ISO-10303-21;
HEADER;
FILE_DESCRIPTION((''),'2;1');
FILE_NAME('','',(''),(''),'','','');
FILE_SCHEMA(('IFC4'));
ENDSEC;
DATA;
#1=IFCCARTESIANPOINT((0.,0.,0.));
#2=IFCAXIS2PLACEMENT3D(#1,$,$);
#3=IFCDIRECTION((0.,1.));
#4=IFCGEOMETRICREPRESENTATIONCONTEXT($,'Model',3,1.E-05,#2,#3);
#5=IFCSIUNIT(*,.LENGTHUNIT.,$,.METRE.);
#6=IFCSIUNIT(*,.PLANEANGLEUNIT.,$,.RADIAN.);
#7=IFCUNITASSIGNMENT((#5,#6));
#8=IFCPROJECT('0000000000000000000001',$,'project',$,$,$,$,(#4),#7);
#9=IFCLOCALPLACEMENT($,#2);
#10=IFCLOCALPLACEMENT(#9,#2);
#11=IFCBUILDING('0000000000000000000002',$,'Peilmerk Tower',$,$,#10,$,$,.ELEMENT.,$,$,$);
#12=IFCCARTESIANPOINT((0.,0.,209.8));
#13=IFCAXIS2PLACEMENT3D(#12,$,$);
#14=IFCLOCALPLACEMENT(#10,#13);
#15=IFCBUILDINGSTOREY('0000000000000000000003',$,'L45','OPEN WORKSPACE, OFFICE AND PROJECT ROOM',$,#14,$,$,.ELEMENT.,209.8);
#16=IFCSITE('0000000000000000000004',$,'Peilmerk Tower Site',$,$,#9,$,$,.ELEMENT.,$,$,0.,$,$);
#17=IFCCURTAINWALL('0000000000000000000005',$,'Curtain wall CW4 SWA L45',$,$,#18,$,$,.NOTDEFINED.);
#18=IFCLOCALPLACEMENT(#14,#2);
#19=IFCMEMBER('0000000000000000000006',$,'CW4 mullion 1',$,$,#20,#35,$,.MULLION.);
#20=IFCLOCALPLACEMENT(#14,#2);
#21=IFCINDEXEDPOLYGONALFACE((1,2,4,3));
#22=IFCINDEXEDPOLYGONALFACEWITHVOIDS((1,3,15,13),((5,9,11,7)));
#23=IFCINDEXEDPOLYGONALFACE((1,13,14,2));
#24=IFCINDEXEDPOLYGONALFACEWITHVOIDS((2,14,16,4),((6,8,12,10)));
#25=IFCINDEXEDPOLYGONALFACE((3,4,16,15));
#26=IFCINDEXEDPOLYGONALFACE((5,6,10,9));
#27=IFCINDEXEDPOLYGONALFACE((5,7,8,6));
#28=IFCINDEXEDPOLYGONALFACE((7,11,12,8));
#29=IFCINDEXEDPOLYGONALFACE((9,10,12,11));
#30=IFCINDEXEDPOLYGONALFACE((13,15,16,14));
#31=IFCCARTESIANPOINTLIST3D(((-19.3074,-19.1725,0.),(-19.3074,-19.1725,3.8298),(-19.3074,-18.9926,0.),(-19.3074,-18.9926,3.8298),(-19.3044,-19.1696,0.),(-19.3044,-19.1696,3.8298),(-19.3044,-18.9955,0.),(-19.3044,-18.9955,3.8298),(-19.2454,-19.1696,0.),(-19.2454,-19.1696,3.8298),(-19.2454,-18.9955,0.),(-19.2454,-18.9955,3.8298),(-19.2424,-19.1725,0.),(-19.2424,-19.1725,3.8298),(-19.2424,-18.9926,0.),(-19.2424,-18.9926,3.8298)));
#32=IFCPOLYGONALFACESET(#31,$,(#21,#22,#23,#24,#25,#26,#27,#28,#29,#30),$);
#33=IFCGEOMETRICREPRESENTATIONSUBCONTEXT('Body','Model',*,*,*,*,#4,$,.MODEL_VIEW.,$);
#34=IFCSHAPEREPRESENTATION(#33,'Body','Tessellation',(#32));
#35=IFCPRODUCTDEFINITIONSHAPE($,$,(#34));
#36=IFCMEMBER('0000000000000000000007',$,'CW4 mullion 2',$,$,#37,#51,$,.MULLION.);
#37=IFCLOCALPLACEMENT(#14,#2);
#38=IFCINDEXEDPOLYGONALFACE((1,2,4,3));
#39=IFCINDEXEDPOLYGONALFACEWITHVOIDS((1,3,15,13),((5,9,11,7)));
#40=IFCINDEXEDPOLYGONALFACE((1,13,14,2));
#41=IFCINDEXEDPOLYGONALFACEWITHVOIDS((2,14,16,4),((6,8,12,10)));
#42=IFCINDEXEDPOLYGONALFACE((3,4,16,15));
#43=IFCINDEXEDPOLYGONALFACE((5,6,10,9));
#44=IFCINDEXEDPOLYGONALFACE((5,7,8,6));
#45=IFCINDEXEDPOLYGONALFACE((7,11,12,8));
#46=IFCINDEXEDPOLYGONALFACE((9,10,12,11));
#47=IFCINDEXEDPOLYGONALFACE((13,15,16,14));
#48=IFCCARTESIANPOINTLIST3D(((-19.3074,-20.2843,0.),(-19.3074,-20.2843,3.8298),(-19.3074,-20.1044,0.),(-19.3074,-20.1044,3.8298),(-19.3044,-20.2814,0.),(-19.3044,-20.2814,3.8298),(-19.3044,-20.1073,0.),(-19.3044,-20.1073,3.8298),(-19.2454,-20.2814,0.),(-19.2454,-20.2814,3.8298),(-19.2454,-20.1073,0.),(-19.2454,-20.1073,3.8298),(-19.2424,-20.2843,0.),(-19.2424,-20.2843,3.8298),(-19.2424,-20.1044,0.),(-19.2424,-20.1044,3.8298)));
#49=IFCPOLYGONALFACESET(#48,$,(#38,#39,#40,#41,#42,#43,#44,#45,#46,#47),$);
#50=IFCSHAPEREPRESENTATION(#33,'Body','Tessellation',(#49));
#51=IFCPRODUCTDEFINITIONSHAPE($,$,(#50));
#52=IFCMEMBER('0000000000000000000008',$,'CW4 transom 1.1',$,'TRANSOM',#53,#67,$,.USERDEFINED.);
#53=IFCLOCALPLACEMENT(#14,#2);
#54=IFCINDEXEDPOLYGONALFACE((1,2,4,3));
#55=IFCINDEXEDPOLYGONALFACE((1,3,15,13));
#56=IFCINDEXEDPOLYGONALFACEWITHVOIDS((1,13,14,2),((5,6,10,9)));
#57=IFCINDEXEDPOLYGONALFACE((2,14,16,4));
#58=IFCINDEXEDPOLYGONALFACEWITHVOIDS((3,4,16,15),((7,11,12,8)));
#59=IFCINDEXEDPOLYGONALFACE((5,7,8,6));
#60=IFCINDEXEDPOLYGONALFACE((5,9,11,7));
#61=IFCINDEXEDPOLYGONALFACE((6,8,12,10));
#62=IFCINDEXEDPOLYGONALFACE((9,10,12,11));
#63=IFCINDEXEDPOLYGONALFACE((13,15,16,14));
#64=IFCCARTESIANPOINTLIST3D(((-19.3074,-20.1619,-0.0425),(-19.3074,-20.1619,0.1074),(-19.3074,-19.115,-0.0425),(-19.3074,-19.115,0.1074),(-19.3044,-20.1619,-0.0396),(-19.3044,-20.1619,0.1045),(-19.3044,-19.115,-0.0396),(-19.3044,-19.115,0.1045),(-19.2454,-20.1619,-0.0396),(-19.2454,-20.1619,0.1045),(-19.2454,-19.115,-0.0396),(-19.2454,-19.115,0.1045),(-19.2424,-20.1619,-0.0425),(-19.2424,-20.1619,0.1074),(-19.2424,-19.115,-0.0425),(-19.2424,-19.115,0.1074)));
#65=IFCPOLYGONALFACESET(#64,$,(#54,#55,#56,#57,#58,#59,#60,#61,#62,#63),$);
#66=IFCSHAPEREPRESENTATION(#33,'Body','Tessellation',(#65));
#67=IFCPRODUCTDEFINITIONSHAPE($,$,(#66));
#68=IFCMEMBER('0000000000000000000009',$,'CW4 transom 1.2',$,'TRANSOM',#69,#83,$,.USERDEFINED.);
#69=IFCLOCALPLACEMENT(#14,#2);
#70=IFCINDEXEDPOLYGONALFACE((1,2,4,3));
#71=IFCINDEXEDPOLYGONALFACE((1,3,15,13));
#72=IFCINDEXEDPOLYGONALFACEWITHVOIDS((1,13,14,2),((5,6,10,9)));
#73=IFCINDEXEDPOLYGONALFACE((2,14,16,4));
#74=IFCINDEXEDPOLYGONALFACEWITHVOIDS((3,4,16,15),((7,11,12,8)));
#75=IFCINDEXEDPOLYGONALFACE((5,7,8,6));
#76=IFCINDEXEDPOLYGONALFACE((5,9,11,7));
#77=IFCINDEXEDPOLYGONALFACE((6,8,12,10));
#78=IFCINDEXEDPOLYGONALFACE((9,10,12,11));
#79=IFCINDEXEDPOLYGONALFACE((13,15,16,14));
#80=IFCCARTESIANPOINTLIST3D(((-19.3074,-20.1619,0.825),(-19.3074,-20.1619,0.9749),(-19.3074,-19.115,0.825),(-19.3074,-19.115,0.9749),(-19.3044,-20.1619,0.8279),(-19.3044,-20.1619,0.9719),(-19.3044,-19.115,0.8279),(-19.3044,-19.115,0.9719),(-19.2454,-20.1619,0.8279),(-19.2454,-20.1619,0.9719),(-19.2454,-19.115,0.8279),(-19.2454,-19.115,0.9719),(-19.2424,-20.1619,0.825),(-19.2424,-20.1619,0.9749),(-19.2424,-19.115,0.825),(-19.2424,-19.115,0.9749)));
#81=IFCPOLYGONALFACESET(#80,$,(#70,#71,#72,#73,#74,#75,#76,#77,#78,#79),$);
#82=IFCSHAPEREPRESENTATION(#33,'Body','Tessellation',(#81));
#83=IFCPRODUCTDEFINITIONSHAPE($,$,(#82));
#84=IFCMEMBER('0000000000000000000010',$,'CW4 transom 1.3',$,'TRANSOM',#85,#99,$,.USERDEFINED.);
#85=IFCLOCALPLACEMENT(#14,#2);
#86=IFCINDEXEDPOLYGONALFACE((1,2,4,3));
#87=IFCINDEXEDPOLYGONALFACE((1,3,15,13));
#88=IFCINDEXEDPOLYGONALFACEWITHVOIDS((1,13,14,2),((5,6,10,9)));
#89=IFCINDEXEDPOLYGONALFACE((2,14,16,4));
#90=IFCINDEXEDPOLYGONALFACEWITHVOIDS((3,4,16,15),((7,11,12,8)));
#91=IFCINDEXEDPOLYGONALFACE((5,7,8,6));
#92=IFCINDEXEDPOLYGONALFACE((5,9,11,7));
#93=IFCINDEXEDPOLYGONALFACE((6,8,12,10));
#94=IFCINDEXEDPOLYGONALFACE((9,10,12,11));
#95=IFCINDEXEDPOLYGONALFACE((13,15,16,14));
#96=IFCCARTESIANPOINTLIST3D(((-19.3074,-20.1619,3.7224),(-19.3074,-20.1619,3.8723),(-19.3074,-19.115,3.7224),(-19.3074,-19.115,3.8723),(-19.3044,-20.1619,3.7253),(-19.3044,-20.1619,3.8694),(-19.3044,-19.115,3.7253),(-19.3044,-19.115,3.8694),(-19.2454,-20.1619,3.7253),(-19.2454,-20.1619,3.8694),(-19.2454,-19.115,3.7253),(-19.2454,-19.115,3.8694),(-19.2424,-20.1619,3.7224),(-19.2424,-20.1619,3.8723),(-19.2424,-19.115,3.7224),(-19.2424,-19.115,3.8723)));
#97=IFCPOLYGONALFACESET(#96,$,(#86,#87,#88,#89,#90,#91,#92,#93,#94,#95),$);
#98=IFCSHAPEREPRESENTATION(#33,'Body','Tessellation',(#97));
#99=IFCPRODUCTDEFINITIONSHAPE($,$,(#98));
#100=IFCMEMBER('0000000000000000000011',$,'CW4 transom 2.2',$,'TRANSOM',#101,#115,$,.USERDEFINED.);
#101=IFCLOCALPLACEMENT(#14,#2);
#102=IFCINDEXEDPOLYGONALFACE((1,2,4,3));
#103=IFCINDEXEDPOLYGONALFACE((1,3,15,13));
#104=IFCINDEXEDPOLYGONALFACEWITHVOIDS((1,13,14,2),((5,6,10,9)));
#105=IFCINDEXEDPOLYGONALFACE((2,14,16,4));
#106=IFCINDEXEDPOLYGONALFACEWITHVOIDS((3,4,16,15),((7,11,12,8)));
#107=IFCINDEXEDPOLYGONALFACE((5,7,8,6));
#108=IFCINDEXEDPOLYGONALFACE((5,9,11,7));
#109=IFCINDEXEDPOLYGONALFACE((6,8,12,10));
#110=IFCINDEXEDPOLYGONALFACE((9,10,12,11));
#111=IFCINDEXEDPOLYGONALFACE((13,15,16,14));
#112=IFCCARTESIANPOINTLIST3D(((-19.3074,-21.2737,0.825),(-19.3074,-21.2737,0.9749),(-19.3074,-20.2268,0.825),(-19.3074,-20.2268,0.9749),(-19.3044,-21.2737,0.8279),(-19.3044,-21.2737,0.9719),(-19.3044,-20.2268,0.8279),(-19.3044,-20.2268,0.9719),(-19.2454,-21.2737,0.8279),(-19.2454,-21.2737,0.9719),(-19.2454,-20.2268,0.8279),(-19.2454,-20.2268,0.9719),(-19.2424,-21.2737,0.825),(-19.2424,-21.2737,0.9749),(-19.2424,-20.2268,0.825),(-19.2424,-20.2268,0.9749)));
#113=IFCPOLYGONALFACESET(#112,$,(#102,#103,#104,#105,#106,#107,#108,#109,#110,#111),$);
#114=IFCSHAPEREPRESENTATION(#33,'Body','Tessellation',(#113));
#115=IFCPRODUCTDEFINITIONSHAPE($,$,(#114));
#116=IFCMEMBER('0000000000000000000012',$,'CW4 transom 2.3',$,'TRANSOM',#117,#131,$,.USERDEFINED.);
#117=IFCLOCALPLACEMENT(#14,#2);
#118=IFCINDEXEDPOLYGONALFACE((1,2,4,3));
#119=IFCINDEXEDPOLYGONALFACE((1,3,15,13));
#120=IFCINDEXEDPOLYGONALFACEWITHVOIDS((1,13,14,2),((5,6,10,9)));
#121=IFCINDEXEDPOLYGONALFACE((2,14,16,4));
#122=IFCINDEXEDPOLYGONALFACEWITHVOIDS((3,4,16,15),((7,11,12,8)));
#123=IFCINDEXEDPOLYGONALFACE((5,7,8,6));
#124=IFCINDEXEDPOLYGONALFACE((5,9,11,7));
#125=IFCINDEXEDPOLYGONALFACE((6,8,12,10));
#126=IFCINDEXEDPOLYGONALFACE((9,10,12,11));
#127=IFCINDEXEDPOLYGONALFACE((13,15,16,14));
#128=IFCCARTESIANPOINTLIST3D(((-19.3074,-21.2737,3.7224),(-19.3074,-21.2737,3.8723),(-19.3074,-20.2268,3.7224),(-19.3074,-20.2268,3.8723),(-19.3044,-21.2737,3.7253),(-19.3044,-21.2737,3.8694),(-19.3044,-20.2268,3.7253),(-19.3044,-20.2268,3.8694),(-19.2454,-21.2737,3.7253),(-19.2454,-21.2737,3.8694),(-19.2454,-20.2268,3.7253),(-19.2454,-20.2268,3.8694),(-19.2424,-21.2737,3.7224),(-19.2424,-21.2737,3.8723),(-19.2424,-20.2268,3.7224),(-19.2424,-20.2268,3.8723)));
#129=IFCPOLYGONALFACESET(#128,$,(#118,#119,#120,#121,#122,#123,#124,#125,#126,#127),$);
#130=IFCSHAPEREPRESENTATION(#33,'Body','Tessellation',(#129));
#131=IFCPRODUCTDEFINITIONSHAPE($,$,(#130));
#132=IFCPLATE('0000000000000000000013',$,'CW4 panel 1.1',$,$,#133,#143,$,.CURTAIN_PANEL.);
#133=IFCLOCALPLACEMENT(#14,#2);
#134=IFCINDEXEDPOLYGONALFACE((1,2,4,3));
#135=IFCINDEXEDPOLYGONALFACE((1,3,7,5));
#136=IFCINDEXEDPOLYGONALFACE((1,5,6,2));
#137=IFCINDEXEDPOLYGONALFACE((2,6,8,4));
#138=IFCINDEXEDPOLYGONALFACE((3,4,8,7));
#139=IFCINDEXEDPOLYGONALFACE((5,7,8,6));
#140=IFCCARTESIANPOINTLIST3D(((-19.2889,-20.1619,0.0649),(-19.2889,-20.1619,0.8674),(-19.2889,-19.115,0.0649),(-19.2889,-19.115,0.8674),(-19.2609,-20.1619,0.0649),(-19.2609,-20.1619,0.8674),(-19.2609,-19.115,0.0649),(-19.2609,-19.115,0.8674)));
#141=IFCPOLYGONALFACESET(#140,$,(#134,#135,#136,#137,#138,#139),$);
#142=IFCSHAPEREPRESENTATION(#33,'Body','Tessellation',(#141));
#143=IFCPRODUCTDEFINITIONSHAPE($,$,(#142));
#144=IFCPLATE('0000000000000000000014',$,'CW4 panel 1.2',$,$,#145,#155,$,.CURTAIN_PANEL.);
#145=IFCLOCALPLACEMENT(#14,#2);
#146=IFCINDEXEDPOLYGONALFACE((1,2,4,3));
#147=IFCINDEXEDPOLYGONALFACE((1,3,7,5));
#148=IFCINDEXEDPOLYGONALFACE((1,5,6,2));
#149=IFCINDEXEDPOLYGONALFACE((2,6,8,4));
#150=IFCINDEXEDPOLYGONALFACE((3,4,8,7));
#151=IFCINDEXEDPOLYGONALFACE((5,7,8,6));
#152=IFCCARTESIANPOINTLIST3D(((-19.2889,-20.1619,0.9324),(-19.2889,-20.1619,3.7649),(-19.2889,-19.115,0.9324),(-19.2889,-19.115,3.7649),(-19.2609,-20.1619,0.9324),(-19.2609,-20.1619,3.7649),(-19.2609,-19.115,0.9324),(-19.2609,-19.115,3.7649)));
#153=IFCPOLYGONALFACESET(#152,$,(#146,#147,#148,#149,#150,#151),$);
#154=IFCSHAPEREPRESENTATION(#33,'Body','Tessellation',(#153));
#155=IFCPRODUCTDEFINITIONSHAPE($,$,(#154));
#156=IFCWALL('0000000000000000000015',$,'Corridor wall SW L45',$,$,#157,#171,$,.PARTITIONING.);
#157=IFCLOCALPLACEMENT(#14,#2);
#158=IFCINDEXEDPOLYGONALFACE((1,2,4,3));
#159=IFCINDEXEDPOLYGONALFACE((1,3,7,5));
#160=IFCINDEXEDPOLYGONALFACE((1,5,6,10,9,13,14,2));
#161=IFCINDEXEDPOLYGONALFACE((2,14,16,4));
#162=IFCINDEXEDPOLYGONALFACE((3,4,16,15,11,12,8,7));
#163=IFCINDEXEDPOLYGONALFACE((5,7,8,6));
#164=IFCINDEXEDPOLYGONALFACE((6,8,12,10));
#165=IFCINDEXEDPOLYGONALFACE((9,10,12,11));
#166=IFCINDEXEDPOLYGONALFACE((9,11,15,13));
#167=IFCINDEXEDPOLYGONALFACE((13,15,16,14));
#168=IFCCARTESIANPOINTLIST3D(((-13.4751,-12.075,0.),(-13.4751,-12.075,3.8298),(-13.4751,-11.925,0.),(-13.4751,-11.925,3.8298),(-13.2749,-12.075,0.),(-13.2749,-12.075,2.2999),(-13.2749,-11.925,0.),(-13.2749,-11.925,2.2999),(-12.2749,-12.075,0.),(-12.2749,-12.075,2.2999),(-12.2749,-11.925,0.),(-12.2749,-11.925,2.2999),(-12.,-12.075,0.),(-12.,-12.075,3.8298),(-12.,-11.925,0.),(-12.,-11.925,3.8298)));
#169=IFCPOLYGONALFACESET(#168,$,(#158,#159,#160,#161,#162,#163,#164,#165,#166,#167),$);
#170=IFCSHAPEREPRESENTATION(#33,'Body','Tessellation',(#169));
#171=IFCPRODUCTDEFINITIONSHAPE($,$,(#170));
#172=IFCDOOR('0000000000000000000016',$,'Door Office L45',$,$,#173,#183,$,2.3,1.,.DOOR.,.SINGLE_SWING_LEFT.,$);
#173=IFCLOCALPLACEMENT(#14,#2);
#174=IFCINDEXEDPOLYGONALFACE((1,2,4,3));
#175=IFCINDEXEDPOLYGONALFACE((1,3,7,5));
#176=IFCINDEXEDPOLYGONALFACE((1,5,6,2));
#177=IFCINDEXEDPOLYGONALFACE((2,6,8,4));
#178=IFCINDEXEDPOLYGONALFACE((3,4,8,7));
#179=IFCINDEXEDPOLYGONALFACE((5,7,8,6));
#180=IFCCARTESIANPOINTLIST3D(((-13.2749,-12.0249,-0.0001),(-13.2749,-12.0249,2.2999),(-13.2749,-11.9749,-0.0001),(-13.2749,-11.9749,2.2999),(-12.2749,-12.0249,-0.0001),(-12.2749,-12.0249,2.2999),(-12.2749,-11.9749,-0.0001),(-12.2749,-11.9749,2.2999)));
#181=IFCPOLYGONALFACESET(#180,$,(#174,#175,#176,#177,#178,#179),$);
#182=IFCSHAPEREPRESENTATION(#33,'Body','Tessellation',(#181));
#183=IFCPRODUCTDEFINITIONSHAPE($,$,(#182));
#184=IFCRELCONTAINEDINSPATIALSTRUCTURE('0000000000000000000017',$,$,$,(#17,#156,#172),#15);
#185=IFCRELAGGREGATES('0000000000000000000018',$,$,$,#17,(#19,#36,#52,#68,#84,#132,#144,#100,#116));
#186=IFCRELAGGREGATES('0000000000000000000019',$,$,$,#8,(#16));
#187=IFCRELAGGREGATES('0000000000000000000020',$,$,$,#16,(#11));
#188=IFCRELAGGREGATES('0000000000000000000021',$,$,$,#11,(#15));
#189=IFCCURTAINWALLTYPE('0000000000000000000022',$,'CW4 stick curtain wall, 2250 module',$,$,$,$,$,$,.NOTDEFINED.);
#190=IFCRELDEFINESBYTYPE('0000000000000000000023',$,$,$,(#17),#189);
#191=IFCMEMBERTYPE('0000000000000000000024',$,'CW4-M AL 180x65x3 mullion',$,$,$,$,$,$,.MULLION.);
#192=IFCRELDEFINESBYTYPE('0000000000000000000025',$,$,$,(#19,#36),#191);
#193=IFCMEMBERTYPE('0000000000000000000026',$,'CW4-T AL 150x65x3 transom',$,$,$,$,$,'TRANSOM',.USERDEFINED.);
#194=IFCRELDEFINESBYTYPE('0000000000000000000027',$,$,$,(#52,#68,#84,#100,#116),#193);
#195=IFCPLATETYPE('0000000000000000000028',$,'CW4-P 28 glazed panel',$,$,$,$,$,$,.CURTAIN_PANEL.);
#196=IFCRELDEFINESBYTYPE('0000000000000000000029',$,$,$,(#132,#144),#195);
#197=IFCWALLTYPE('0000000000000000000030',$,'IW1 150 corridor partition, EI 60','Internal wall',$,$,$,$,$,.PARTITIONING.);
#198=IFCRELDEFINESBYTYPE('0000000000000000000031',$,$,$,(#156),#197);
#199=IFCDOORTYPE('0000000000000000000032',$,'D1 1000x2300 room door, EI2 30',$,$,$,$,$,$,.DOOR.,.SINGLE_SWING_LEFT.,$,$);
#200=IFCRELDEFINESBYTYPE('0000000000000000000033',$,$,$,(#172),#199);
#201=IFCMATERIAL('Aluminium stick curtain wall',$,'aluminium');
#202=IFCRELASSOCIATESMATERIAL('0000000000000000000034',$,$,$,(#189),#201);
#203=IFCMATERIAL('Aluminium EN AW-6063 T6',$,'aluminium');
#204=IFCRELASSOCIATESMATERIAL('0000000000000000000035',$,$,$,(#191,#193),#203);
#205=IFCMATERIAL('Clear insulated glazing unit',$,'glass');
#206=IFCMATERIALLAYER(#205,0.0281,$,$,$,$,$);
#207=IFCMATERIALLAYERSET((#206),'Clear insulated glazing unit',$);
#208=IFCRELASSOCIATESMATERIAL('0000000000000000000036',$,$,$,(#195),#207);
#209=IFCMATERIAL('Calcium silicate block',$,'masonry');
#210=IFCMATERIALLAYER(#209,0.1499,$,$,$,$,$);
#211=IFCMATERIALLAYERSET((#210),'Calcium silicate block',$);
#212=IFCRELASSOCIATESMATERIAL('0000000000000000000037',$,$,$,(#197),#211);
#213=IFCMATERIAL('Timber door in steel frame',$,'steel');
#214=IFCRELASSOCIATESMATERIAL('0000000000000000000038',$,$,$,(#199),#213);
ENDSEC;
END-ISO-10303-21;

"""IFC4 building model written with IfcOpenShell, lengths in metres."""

from ifc_helpers import new_model, si_unit, direction, frame, frame_2d, origin, origin_2d, place, context, subcontext, project, spatial, rectangle, hollow_rectangle, extrude, material, layer, layer_set, material_profile, profile_set, type_object, element, fill, aggregate, save


model = new_model("IFC4")

# Units and contexts
model_context = context("Model", 3, precision=1e-05, world=origin(), true_north=direction((0.0, 1.0)))
body_context = subcontext(model_context, "Body", "Model", "MODEL_VIEW")
ifc_project = project(units=[si_unit("LENGTHUNIT", "METRE"), si_unit("PLANEANGLEUNIT", "RADIAN")], contexts=[model_context])

# Site, building, storey
site_placement = place(None, origin())
site = spatial("IfcSite", under=ifc_project, at=site_placement, Name="Peilmerk Tower Site", CompositionType="ELEMENT", RefElevation=0.0)
building_placement = place(site_placement, origin())
building = spatial("IfcBuilding", under=site, at=building_placement, Name="Peilmerk Tower", CompositionType="ELEMENT")
storey_placement = place(building_placement, frame((0.0, 0.0, 209.8)))
storey = spatial("IfcBuildingStorey", under=building, at=storey_placement, Name="L45", Description="OPEN WORKSPACE, OFFICE AND PROJECT ROOM", CompositionType="ELEMENT", Elevation=209.8)

# Curtain wall, members, plates
ifc_material_1 = material(Name="Aluminium stick curtain wall", Category="aluminium")
curtain_wall_type = type_object("IfcCurtainWallType", Name="CW4 stick curtain wall, 2250 module", PredefinedType="NOTDEFINED", material=ifc_material_1)
curtain_wall_placement = place(storey_placement, origin())
curtain_wall = element("IfcCurtainWall", 1, at=curtain_wall_placement, inside=storey, type_object=curtain_wall_type, Name="Curtain wall CW4 SWA L45", PredefinedType="NOTDEFINED")
ifc_material_2 = material(Name="Aluminium EN AW-6063 T6", Category="aluminium")
ifc_material_profile_1 = material_profile(ifc_material_2, hollow_rectangle(XDim=0.0649, YDim=0.1799, WallThickness=0.0029, at=origin_2d()), Name="AL 180x65x3")
ifc_profile_set_1 = profile_set([ifc_material_profile_1], Name="Aluminium EN AW-6063 T6")
member_type_1 = type_object("IfcMemberType", Name="CW4-M AL 180x65x3 mullion", PredefinedType="MULLION", material=ifc_profile_set_1)
member_1_placement = place(storey_placement, frame((-19.2749, -19.0825, 0.0), z_axis=(0.0, 0.0, 1.0), x_axis=(1.0, 0.0, 0.0)))
member_1 = element("IfcMember", 2, at=member_1_placement, type_object=member_type_1, Name="CW4 mullion 1", PredefinedType="MULLION", context=body_context, shape_type="SweptSolid", body=[
    extrude(hollow_rectangle(XDim=0.0649, YDim=0.1799, WallThickness=0.0029, at=origin_2d()), origin(), (0.0, 0.0, 1.0), 3.8298),
])
member_2_placement = place(storey_placement, frame((-19.2749, -20.1943, 0.0), z_axis=(0.0, 0.0, 1.0), x_axis=(1.0, 0.0, 0.0)))
member_2 = element("IfcMember", 3, at=member_2_placement, type_object=member_type_1, Name="CW4 mullion 2", PredefinedType="MULLION", context=body_context, shape_type="SweptSolid", body=[
    extrude(hollow_rectangle(XDim=0.0649, YDim=0.1799, WallThickness=0.0029, at=origin_2d()), origin(), (0.0, 0.0, 1.0), 3.8298),
])
ifc_material_profile_2 = material_profile(ifc_material_2, hollow_rectangle(XDim=0.0649, YDim=0.1499, WallThickness=0.0029, at=origin_2d()), Name="AL 150x65x3")
ifc_profile_set_2 = profile_set([ifc_material_profile_2], Name="Aluminium EN AW-6063 T6")
member_type_2 = type_object("IfcMemberType", Name="CW4-T AL 150x65x3 transom", ElementType="TRANSOM", PredefinedType="USERDEFINED", material=ifc_profile_set_2)
member_3_placement = place(storey_placement, frame((-19.2749, -19.115, 0.0325), z_axis=(0.0, -1.0, 0.0), x_axis=(1.0, 0.0, 0.0)))
member_3 = element("IfcMember", 4, at=member_3_placement, type_object=member_type_2, Name="CW4 transom 1.1", ObjectType="TRANSOM", PredefinedType="USERDEFINED", context=body_context, shape_type="SweptSolid", body=[
    extrude(hollow_rectangle(XDim=0.0649, YDim=0.1499, WallThickness=0.0029, at=origin_2d()), origin(), (0.0, 0.0, 1.0), 1.0469),
])
member_4_placement = place(storey_placement, frame((-19.2749, -19.115, 0.8999), z_axis=(0.0, -1.0, 0.0), x_axis=(1.0, 0.0, 0.0)))
member_4 = element("IfcMember", 5, at=member_4_placement, type_object=member_type_2, Name="CW4 transom 1.2", ObjectType="TRANSOM", PredefinedType="USERDEFINED", context=body_context, shape_type="SweptSolid", body=[
    extrude(hollow_rectangle(XDim=0.0649, YDim=0.1499, WallThickness=0.0029, at=origin_2d()), origin(), (0.0, 0.0, 1.0), 1.0469),
])
member_5_placement = place(storey_placement, frame((-19.2749, -19.115, 3.7974), z_axis=(0.0, -1.0, 0.0), x_axis=(1.0, 0.0, 0.0)))
member_5 = element("IfcMember", 6, at=member_5_placement, type_object=member_type_2, Name="CW4 transom 1.3", ObjectType="TRANSOM", PredefinedType="USERDEFINED", context=body_context, shape_type="SweptSolid", body=[
    extrude(hollow_rectangle(XDim=0.0649, YDim=0.1499, WallThickness=0.0029, at=origin_2d()), origin(), (0.0, 0.0, 1.0), 1.0469),
])
member_6_placement = place(storey_placement, frame((-19.2749, -20.2268, 0.8999), z_axis=(0.0, -1.0, 0.0), x_axis=(1.0, 0.0, 0.0)))
member_6 = element("IfcMember", 7, at=member_6_placement, type_object=member_type_2, Name="CW4 transom 2.2", ObjectType="TRANSOM", PredefinedType="USERDEFINED", context=body_context, shape_type="SweptSolid", body=[
    extrude(hollow_rectangle(XDim=0.0649, YDim=0.1499, WallThickness=0.0029, at=origin_2d()), origin(), (0.0, 0.0, 1.0), 1.0469),
])
member_7_placement = place(storey_placement, frame((-19.2749, -20.2268, 3.7974), z_axis=(0.0, -1.0, 0.0), x_axis=(1.0, 0.0, 0.0)))
member_7 = element("IfcMember", 8, at=member_7_placement, type_object=member_type_2, Name="CW4 transom 2.3", ObjectType="TRANSOM", PredefinedType="USERDEFINED", context=body_context, shape_type="SweptSolid", body=[
    extrude(hollow_rectangle(XDim=0.0649, YDim=0.1499, WallThickness=0.0029, at=origin_2d()), origin(), (0.0, 0.0, 1.0), 1.0469),
])
ifc_material_3 = material(Name="Clear insulated glazing unit", Category="glass")
ifc_layer_1 = layer(ifc_material_3, 0.0281)
ifc_layer_set_1 = layer_set([ifc_layer_1], Name="Clear insulated glazing unit")
plate_type = type_object("IfcPlateType", Name="CW4-P 28 glazed panel", PredefinedType="CURTAIN_PANEL", material=ifc_layer_set_1)
plate_1_placement = place(storey_placement, frame((-19.2749, -19.6384, 0.0649), z_axis=(0.0, 0.0, 1.0), x_axis=(0.0, -1.0, 0.0)))
plate_1 = element("IfcPlate", 9, at=plate_1_placement, type_object=plate_type, Name="CW4 panel 1.1", PredefinedType="CURTAIN_PANEL", context=body_context, shape_type="SweptSolid", body=[
    extrude(rectangle(XDim=1.0469, YDim=0.0281, at=origin_2d()), origin(), (0.0, 0.0, 1.0), 0.8025),
])
plate_2_placement = place(storey_placement, frame((-19.2749, -19.6384, 0.9324), z_axis=(0.0, 0.0, 1.0), x_axis=(0.0, -1.0, 0.0)))
plate_2 = element("IfcPlate", 10, at=plate_2_placement, type_object=plate_type, Name="CW4 panel 1.2", PredefinedType="CURTAIN_PANEL", context=body_context, shape_type="SweptSolid", body=[
    extrude(rectangle(XDim=1.0469, YDim=0.0281, at=origin_2d()), origin(), (0.0, 0.0, 1.0), 2.8325),
])
aggregate(curtain_wall, [member_1, member_2, member_3, member_4, member_5, plate_1, plate_2, member_6, member_7])

# Wall, opening, door
ifc_material_4 = material(Name="Calcium silicate block", Category="masonry")
ifc_layer_2 = layer(ifc_material_4, 0.1499)
ifc_layer_set_2 = layer_set([ifc_layer_2], Name="Calcium silicate block")
wall_type_1 = type_object("IfcWallType", Name="IW1 150 corridor partition, EI 60", Description="Internal wall", PredefinedType="PARTITIONING", material=ifc_layer_set_2)
wall_1_placement = place(storey_placement, frame((-12.0, -12.0, 0.0), z_axis=(0.0, 0.0, 1.0), x_axis=(-1.0, 0.0, 0.0)))
wall_1 = element("IfcWall", 11, at=wall_1_placement, inside=storey, type_object=wall_type_1, Name="Corridor wall SW L45", PredefinedType="PARTITIONING", context=body_context, shape_type="SweptSolid", body=[
    extrude(rectangle(XDim=1.4751, YDim=0.1499, at=frame_2d((0.7375, 0.0))), origin(), (0.0, 0.0, 1.0), 3.8298),
])
opening_placement = place(wall_1_placement, frame((0.2749, 0.0, 0.0)))
opening = element("IfcOpeningElement", 12, at=opening_placement, cuts=wall_1, PredefinedType="OPENING", context=body_context, shape_type="SweptSolid", body=[
    extrude(rectangle(XDim=1.0, YDim=2.3, at=frame_2d((0.5, 1.1499))), frame((0.0, 0.085, 0.0), z_axis=(0.0, -1.0, 0.0), x_axis=(1.0, 0.0, 0.0)), (0.0, 0.0, 1.0), 0.1699),
])
ifc_material_5 = material(Name="Timber door in steel frame", Category="steel")
door_type = type_object("IfcDoorType", Name="D1 1000x2300 room door, EI2 30", OperationType="SINGLE_SWING_LEFT", PredefinedType="DOOR", material=ifc_material_5)
door_placement = place(opening_placement, origin())
door = element("IfcDoor", 13, at=door_placement, inside=storey, type_object=door_type, Name="Door Office L45", OperationType="SINGLE_SWING_LEFT", OverallHeight=2.3, OverallWidth=1.0, PredefinedType="DOOR", context=body_context, shape_type="SweptSolid", body=[
    extrude(rectangle(XDim=1.0, YDim=2.3, at=frame_2d((0.5, 1.1499))), frame((0.0, 0.0249, 0.0), z_axis=(0.0, -1.0, 0.0), x_axis=(1.0, 0.0, 0.0)), (0.0, 0.0, 1.0), 0.05),
])
fill(opening, door)

save(model, "model.ifc")
